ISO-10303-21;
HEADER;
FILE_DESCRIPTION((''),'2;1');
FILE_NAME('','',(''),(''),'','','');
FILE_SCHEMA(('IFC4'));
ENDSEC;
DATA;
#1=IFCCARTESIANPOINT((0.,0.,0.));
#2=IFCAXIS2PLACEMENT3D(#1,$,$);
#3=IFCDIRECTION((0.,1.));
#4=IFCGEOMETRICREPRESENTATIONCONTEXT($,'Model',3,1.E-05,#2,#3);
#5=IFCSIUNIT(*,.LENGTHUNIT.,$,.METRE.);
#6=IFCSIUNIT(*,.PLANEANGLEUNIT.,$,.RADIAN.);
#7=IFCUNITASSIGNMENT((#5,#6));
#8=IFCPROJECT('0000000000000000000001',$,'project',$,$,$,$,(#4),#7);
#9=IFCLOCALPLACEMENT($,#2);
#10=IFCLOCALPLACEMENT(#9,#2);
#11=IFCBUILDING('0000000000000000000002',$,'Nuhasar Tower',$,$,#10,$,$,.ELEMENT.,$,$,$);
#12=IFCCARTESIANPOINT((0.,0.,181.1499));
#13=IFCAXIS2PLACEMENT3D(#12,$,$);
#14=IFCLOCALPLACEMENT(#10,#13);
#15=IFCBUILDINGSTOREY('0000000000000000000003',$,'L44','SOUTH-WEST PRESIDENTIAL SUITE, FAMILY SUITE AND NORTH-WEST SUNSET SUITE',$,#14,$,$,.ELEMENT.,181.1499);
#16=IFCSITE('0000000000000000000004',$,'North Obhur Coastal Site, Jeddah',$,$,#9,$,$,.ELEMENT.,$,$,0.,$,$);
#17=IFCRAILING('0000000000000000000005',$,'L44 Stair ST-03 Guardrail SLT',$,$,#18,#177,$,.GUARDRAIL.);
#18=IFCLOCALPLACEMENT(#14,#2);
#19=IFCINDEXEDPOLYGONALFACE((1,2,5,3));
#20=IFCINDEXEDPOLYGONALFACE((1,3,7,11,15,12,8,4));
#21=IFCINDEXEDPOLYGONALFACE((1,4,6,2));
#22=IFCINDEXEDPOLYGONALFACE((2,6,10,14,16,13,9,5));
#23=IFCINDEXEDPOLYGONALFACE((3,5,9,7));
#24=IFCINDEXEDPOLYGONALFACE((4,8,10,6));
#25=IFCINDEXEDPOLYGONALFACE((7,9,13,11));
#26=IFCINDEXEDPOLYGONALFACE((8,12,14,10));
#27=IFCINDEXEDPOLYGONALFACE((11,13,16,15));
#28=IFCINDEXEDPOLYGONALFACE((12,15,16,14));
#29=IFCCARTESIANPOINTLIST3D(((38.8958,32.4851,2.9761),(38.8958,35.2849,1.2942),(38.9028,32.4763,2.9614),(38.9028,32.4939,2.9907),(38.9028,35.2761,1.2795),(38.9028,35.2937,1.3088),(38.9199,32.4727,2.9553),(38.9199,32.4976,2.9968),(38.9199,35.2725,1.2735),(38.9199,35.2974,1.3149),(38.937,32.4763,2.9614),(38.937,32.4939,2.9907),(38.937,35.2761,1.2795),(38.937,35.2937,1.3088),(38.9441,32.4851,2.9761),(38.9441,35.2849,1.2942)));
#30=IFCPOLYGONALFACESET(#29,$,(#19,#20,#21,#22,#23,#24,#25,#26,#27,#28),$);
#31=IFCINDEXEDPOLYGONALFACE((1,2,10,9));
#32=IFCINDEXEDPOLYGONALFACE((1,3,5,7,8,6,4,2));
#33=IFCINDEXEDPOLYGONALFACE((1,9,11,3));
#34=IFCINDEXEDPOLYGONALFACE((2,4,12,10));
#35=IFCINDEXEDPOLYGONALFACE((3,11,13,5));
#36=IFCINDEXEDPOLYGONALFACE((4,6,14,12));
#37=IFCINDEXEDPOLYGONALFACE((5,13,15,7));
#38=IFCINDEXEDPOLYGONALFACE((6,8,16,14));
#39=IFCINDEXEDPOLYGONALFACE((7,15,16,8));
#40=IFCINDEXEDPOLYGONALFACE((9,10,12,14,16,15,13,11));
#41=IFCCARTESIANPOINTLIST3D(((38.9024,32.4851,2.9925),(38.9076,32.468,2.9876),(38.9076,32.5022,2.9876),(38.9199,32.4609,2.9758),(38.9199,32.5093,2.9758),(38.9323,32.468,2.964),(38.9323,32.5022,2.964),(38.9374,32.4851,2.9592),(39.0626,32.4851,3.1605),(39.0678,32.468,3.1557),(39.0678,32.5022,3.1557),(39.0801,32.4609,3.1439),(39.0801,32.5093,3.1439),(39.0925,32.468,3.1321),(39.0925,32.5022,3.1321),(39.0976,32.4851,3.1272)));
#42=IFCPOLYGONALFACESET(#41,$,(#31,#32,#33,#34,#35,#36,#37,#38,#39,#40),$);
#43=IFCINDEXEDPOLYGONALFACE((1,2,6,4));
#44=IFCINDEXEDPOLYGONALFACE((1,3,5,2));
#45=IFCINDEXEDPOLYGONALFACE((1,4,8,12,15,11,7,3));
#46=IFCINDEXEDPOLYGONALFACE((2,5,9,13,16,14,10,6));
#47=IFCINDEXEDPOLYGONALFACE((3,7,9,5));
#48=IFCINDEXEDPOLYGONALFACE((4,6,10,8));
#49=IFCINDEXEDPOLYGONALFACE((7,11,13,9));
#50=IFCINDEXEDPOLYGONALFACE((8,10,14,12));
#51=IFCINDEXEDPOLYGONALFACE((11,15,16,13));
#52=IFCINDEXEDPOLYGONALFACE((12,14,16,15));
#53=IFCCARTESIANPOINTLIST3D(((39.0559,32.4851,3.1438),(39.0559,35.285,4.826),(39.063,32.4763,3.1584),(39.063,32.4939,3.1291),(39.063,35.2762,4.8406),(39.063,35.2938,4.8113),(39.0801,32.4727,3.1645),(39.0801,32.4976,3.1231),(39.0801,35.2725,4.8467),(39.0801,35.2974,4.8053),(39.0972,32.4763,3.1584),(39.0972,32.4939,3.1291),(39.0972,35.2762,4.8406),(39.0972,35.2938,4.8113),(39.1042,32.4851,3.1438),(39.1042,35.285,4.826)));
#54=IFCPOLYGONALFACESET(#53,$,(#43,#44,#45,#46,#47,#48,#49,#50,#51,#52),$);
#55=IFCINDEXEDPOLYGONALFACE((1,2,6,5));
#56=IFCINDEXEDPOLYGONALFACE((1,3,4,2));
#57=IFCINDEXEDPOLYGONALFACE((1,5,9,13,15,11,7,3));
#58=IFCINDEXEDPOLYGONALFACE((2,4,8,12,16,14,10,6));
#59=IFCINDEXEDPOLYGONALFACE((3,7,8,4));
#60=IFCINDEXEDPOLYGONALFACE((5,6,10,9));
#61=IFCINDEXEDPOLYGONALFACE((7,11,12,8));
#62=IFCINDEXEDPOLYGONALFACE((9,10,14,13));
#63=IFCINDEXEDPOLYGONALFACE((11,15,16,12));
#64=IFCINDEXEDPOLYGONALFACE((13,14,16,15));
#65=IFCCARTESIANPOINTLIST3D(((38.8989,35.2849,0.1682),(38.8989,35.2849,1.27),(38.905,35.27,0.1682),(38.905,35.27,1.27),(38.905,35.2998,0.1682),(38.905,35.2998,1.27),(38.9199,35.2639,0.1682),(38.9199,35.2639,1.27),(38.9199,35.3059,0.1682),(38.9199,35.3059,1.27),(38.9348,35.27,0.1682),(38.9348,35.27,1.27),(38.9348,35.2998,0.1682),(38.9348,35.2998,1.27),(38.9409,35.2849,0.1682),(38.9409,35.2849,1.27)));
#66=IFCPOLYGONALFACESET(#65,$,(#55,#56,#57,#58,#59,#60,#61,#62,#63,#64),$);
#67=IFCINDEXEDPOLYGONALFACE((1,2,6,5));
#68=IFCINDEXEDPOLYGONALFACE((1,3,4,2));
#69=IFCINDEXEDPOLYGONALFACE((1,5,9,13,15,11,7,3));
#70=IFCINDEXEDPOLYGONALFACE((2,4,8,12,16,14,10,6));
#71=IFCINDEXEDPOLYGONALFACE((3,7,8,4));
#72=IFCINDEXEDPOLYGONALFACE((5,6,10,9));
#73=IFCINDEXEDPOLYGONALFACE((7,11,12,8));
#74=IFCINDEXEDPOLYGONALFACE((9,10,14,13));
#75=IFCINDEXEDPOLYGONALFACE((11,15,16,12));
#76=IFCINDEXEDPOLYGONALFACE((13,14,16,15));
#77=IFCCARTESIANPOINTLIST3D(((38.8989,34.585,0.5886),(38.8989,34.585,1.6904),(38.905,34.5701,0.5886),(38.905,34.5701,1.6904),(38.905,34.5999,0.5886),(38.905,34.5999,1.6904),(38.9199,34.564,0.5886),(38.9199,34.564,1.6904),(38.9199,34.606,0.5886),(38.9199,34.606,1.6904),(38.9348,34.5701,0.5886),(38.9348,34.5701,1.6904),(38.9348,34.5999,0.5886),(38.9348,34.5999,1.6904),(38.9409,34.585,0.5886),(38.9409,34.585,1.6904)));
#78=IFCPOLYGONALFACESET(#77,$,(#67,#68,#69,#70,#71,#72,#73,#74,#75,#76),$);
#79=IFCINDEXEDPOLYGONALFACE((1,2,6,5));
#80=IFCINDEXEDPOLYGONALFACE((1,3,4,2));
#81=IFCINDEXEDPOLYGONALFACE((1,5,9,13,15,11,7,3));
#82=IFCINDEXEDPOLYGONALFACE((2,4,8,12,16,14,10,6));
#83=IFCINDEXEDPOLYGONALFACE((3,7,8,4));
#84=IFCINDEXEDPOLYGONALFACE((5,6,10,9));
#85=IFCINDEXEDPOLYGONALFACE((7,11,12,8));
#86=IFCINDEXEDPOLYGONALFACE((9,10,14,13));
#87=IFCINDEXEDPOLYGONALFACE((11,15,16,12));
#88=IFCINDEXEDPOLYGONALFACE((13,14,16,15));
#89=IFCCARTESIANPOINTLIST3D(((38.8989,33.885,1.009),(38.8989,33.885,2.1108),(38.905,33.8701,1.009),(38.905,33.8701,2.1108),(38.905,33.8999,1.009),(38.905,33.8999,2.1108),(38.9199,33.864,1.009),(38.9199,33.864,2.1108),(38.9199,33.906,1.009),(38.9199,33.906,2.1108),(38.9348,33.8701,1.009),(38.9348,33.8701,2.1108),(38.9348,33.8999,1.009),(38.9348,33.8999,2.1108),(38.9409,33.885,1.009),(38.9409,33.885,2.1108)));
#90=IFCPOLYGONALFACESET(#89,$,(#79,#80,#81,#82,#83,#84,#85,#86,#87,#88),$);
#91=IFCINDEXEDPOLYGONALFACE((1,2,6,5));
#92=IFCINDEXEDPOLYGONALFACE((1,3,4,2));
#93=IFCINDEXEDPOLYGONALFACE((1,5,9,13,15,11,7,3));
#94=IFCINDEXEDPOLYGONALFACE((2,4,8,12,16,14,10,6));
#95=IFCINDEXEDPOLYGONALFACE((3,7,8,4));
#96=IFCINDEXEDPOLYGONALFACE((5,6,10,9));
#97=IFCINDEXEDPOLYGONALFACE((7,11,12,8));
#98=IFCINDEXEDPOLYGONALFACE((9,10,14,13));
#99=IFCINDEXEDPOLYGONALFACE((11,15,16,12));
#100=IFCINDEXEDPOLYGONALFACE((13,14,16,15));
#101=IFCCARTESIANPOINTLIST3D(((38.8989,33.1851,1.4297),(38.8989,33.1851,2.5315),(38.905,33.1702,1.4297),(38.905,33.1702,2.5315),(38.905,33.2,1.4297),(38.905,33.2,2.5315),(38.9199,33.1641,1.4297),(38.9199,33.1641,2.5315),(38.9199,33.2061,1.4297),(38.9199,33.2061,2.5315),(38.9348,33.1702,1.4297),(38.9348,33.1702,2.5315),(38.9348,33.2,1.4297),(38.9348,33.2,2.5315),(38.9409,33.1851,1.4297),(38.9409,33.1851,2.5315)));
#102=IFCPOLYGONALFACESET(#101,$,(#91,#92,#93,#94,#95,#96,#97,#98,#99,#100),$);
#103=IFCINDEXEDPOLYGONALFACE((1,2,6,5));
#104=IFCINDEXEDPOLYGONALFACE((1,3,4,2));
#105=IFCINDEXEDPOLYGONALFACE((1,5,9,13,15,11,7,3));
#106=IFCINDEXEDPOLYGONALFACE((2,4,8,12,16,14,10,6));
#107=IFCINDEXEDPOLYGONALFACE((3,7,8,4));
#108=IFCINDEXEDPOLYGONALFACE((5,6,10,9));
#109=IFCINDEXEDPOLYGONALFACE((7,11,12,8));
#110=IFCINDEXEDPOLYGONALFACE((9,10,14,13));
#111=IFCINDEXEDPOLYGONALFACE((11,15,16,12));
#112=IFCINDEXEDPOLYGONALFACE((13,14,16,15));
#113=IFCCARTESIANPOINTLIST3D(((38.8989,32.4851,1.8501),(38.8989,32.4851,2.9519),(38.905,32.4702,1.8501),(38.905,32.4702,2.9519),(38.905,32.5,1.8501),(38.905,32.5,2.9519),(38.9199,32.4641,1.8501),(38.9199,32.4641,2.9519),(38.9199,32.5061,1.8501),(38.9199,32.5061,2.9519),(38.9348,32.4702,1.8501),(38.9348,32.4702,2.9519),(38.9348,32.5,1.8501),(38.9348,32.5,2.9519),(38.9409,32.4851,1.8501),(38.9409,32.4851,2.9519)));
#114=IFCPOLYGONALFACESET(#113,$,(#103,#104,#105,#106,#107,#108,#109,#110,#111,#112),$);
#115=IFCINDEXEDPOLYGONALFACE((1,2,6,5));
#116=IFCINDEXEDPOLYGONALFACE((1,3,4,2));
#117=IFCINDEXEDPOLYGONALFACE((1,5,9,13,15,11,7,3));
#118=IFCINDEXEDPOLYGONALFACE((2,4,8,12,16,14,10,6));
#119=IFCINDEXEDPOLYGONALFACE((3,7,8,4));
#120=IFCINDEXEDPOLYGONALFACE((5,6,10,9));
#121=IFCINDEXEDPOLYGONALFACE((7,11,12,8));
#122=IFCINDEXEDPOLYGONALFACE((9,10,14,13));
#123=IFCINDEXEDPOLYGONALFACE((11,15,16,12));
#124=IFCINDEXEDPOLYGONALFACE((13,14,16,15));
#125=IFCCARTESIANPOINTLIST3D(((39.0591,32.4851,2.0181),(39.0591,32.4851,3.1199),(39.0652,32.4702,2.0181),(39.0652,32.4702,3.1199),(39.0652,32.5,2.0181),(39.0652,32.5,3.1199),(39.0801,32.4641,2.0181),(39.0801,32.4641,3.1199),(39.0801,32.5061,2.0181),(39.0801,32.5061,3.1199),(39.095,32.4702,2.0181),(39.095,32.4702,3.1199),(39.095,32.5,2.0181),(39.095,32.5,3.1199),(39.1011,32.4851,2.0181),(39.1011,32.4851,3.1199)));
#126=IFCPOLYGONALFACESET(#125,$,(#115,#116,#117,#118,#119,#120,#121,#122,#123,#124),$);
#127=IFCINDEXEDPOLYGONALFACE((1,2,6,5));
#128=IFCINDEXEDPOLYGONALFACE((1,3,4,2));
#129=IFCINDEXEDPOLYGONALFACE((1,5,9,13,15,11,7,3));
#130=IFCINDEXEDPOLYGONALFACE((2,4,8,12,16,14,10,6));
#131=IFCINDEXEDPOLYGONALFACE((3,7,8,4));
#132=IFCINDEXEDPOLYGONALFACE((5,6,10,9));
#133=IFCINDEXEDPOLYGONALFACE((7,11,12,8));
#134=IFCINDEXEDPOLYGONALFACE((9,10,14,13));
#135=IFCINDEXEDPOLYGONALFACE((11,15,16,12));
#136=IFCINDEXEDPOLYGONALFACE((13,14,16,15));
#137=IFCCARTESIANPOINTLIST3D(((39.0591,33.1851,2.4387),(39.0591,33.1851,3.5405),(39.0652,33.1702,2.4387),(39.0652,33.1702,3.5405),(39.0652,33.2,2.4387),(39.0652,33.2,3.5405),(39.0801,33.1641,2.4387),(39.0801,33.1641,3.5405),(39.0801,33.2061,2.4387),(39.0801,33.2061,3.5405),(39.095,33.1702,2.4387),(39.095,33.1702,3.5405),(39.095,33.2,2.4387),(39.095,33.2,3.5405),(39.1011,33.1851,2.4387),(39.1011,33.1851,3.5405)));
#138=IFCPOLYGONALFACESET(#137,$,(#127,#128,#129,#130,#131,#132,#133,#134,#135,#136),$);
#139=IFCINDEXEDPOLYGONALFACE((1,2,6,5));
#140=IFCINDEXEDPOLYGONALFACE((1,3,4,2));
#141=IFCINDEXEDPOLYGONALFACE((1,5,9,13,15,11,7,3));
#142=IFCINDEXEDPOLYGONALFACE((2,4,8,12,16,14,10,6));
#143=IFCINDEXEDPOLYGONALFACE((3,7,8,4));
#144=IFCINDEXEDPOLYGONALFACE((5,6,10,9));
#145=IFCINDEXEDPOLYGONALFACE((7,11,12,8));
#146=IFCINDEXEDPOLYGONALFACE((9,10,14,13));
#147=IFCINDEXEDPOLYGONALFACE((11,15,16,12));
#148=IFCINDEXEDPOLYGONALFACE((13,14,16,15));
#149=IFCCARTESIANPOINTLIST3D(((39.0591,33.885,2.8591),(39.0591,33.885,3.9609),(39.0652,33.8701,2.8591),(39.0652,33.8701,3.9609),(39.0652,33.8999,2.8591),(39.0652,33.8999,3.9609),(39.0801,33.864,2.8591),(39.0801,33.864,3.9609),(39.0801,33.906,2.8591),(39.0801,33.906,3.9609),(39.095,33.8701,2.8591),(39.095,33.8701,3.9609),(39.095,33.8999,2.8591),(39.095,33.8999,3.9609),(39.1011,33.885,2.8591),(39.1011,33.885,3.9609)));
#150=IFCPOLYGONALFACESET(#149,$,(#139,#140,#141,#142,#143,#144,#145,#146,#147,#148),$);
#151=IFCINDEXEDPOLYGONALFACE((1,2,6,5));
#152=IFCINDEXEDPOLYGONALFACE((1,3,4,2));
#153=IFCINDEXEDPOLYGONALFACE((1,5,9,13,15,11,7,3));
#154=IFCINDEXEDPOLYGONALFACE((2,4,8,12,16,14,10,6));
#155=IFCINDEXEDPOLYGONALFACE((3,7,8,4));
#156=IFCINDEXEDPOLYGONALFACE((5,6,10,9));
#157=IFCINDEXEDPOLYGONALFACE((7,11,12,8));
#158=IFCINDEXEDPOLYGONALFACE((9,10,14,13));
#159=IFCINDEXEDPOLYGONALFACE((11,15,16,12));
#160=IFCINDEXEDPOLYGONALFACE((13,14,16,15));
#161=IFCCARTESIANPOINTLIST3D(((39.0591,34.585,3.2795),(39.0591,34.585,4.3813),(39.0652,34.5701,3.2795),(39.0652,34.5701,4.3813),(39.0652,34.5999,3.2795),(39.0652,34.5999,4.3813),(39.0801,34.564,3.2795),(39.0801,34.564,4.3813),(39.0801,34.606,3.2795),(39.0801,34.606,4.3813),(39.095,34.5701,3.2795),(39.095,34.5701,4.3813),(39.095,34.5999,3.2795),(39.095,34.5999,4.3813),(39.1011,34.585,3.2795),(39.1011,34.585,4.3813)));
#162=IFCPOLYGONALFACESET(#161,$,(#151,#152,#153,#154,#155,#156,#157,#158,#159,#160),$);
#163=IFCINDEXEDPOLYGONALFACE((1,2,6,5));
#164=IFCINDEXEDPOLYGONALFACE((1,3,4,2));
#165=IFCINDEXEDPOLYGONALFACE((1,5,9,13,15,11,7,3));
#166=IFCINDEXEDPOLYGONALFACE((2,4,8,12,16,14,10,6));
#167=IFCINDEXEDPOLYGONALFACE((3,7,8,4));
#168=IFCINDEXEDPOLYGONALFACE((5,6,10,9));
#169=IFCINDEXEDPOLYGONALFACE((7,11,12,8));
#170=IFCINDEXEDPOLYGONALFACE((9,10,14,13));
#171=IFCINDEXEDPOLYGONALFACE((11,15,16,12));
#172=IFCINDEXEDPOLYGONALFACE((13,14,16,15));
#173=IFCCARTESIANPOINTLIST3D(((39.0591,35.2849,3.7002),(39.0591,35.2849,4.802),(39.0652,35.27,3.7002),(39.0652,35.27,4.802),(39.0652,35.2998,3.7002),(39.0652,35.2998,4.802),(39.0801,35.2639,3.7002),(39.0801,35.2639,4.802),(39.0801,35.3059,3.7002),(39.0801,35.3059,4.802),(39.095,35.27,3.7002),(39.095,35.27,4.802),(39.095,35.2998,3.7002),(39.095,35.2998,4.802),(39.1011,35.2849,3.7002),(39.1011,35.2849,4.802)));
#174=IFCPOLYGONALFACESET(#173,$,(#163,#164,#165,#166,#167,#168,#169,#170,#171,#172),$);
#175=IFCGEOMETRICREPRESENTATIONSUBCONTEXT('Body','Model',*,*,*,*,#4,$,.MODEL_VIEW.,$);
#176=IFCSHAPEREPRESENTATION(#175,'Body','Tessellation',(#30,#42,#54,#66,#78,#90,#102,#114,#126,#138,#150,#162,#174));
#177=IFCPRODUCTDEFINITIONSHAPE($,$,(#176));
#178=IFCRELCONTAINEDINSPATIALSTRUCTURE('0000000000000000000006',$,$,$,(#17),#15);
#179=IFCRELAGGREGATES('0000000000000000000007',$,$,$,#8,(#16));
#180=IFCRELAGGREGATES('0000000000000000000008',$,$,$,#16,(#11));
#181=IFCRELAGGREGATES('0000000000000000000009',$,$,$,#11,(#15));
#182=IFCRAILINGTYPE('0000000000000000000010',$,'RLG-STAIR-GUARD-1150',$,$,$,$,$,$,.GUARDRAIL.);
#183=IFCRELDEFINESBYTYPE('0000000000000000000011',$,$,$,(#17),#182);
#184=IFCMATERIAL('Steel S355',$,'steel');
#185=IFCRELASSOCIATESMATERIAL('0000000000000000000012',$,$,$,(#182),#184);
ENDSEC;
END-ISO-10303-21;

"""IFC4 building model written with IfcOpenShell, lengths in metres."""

from ifc_helpers import new_model, si_unit, direction, frame, origin, place, context, subcontext, project, spatial, polyline, outline, extrude, material, type_object, element, save


model = new_model("IFC4")

# Units and contexts
model_context = context("Model", 3, precision=1e-05, world=origin(), true_north=direction((0.0, 1.0)))
body_context = subcontext(model_context, "Body", "Model", "MODEL_VIEW")
ifc_project = project(units=[si_unit("LENGTHUNIT", "METRE"), si_unit("PLANEANGLEUNIT", "RADIAN")], contexts=[model_context])

# Site, building, storey
site_placement = place(None, origin())
site = spatial("IfcSite", under=ifc_project, at=site_placement, Name="North Obhur Coastal Site, Jeddah", CompositionType="ELEMENT", RefElevation=0.0)
building_placement = place(site_placement, origin())
building = spatial("IfcBuilding", under=site, at=building_placement, Name="Nuhasar Tower", CompositionType="ELEMENT")
storey_placement = place(building_placement, frame((0.0, 0.0, 181.1499)))
storey = spatial("IfcBuildingStorey", under=building, at=storey_placement, Name="L44", Description="SOUTH-WEST PRESIDENTIAL SUITE, FAMILY SUITE AND NORTH-WEST SUNSET SUITE", CompositionType="ELEMENT", Elevation=181.1499)

# Shared definitions
ifc_material_1 = material(Name="Steel S355", Category="steel")

# Railing
railing_type_1 = type_object("IfcRailingType", Name="RLG-STAIR-GUARD-1150", PredefinedType="GUARDRAIL", material=ifc_material_1)
railing_1_placement = place(storey_placement, frame((38.9199, 35.2849, 0.1682)))
element("IfcRailing", 1, at=railing_1_placement, inside=storey, type_object=railing_type_1, Name="L44 Stair ST-03 Guardrail SLT", PredefinedType="GUARDRAIL", context=body_context, shape_type="SweptSolid", body=[
    extrude(outline(polyline([(0.0242, 0.0), (0.0171, 0.0171), (0.0, 0.0242), (-0.0171, 0.0171), (-0.0242, 0.0), (-0.0171, -0.0171), (0.0, -0.0242), (0.0171, -0.0171), (0.0242, 0.0)])), frame((0.0, 0.0, 1.126), z_axis=(0.0, -0.857222, 0.514946), x_axis=(1.0, 0.0, 0.0)), (0.0, 0.0, 1.0), 3.2661),
    extrude(outline(polyline([(0.0242, 0.0), (0.0171, 0.0171), (0.0, 0.0242), (-0.0171, 0.0171), (-0.0242, 0.0), (-0.0171, -0.0171), (0.0, -0.0242), (0.0171, -0.0171), (0.0242, 0.0)])), frame((0.0, -2.7998, 2.8076), z_axis=(0.690075, 0.0, 0.723738), x_axis=(0.0, 1.0, 0.0)), (0.0, 0.0, 1.0), 0.2322),
    extrude(outline(polyline([(0.0242, 0.0), (0.0171, 0.0171), (0.0, 0.0242), (-0.0171, 0.0171), (-0.0242, 0.0), (-0.0171, -0.0171), (0.0, -0.0242), (0.0171, -0.0171), (0.0242, 0.0)])), frame((0.1602, -2.7998, 2.9756), z_axis=(0.0, 0.857189, 0.515001), x_axis=(-1.0, 0.0, 0.0)), (0.0, 0.0, 1.0), 3.2664),
    extrude(outline(polyline([(0.021, 0.0), (0.0149, 0.0149), (0.0, 0.021), (-0.0149, 0.0149), (-0.021, 0.0), (-0.0149, -0.0149), (0.0, -0.021), (0.0149, -0.0149), (0.021, 0.0)])), origin(), (0.0, 0.0, 1.0), 1.1018),
    extrude(outline(polyline([(0.021, 0.0), (0.0149, 0.0149), (0.0, 0.021), (-0.0149, 0.0149), (-0.021, 0.0), (-0.0149, -0.0149), (0.0, -0.021), (0.0149, -0.0149), (0.021, 0.0)])), frame((0.0, -0.7, 0.4204)), (0.0, 0.0, 1.0), 1.1018),
    extrude(outline(polyline([(0.021, 0.0), (0.0149, 0.0149), (0.0, 0.021), (-0.0149, 0.0149), (-0.021, 0.0), (-0.0149, -0.0149), (0.0, -0.021), (0.0149, -0.0149), (0.021, 0.0)])), frame((0.0, -1.3999, 0.8408)), (0.0, 0.0, 1.0), 1.1018),
    extrude(outline(polyline([(0.021, 0.0), (0.0149, 0.0149), (0.0, 0.021), (-0.0149, 0.0149), (-0.021, 0.0), (-0.0149, -0.0149), (0.0, -0.021), (0.0149, -0.0149), (0.021, 0.0)])), frame((0.0, -2.0999, 1.2615)), (0.0, 0.0, 1.0), 1.1018),
    extrude(outline(polyline([(0.021, 0.0), (0.0149, 0.0149), (0.0, 0.021), (-0.0149, 0.0149), (-0.021, 0.0), (-0.0149, -0.0149), (0.0, -0.021), (0.0149, -0.0149), (0.021, 0.0)])), frame((0.0, -2.7998, 1.6819)), (0.0, 0.0, 1.0), 1.1018),
    extrude(outline(polyline([(0.021, 0.0), (0.0149, 0.0149), (0.0, 0.021), (-0.0149, 0.0149), (-0.021, 0.0), (-0.0149, -0.0149), (0.0, -0.021), (0.0149, -0.0149), (0.021, 0.0)])), frame((0.1602, -2.7998, 1.8499)), (0.0, 0.0, 1.0), 1.1018),
    extrude(outline(polyline([(0.021, 0.0), (0.0149, 0.0149), (0.0, 0.021), (-0.0149, 0.0149), (-0.021, 0.0), (-0.0149, -0.0149), (0.0, -0.021), (0.0149, -0.0149), (0.021, 0.0)])), frame((0.1602, -2.0999, 2.2705)), (0.0, 0.0, 1.0), 1.1018),
    extrude(outline(polyline([(0.021, 0.0), (0.0149, 0.0149), (0.0, 0.021), (-0.0149, 0.0149), (-0.021, 0.0), (-0.0149, -0.0149), (0.0, -0.021), (0.0149, -0.0149), (0.021, 0.0)])), frame((0.1602, -1.3999, 2.6909)), (0.0, 0.0, 1.0), 1.1018),
    extrude(outline(polyline([(0.021, 0.0), (0.0149, 0.0149), (0.0, 0.021), (-0.0149, 0.0149), (-0.021, 0.0), (-0.0149, -0.0149), (0.0, -0.021), (0.0149, -0.0149), (0.021, 0.0)])), frame((0.1602, -0.7, 3.1113)), (0.0, 0.0, 1.0), 1.1018),
    extrude(outline(polyline([(0.021, 0.0), (0.0149, 0.0149), (0.0, 0.021), (-0.0149, 0.0149), (-0.021, 0.0), (-0.0149, -0.0149), (0.0, -0.021), (0.0149, -0.0149), (0.021, 0.0)])), frame((0.1602, 0.0, 3.532)), (0.0, 0.0, 1.0), 1.1018),
])

save(model, "model.ifc")
